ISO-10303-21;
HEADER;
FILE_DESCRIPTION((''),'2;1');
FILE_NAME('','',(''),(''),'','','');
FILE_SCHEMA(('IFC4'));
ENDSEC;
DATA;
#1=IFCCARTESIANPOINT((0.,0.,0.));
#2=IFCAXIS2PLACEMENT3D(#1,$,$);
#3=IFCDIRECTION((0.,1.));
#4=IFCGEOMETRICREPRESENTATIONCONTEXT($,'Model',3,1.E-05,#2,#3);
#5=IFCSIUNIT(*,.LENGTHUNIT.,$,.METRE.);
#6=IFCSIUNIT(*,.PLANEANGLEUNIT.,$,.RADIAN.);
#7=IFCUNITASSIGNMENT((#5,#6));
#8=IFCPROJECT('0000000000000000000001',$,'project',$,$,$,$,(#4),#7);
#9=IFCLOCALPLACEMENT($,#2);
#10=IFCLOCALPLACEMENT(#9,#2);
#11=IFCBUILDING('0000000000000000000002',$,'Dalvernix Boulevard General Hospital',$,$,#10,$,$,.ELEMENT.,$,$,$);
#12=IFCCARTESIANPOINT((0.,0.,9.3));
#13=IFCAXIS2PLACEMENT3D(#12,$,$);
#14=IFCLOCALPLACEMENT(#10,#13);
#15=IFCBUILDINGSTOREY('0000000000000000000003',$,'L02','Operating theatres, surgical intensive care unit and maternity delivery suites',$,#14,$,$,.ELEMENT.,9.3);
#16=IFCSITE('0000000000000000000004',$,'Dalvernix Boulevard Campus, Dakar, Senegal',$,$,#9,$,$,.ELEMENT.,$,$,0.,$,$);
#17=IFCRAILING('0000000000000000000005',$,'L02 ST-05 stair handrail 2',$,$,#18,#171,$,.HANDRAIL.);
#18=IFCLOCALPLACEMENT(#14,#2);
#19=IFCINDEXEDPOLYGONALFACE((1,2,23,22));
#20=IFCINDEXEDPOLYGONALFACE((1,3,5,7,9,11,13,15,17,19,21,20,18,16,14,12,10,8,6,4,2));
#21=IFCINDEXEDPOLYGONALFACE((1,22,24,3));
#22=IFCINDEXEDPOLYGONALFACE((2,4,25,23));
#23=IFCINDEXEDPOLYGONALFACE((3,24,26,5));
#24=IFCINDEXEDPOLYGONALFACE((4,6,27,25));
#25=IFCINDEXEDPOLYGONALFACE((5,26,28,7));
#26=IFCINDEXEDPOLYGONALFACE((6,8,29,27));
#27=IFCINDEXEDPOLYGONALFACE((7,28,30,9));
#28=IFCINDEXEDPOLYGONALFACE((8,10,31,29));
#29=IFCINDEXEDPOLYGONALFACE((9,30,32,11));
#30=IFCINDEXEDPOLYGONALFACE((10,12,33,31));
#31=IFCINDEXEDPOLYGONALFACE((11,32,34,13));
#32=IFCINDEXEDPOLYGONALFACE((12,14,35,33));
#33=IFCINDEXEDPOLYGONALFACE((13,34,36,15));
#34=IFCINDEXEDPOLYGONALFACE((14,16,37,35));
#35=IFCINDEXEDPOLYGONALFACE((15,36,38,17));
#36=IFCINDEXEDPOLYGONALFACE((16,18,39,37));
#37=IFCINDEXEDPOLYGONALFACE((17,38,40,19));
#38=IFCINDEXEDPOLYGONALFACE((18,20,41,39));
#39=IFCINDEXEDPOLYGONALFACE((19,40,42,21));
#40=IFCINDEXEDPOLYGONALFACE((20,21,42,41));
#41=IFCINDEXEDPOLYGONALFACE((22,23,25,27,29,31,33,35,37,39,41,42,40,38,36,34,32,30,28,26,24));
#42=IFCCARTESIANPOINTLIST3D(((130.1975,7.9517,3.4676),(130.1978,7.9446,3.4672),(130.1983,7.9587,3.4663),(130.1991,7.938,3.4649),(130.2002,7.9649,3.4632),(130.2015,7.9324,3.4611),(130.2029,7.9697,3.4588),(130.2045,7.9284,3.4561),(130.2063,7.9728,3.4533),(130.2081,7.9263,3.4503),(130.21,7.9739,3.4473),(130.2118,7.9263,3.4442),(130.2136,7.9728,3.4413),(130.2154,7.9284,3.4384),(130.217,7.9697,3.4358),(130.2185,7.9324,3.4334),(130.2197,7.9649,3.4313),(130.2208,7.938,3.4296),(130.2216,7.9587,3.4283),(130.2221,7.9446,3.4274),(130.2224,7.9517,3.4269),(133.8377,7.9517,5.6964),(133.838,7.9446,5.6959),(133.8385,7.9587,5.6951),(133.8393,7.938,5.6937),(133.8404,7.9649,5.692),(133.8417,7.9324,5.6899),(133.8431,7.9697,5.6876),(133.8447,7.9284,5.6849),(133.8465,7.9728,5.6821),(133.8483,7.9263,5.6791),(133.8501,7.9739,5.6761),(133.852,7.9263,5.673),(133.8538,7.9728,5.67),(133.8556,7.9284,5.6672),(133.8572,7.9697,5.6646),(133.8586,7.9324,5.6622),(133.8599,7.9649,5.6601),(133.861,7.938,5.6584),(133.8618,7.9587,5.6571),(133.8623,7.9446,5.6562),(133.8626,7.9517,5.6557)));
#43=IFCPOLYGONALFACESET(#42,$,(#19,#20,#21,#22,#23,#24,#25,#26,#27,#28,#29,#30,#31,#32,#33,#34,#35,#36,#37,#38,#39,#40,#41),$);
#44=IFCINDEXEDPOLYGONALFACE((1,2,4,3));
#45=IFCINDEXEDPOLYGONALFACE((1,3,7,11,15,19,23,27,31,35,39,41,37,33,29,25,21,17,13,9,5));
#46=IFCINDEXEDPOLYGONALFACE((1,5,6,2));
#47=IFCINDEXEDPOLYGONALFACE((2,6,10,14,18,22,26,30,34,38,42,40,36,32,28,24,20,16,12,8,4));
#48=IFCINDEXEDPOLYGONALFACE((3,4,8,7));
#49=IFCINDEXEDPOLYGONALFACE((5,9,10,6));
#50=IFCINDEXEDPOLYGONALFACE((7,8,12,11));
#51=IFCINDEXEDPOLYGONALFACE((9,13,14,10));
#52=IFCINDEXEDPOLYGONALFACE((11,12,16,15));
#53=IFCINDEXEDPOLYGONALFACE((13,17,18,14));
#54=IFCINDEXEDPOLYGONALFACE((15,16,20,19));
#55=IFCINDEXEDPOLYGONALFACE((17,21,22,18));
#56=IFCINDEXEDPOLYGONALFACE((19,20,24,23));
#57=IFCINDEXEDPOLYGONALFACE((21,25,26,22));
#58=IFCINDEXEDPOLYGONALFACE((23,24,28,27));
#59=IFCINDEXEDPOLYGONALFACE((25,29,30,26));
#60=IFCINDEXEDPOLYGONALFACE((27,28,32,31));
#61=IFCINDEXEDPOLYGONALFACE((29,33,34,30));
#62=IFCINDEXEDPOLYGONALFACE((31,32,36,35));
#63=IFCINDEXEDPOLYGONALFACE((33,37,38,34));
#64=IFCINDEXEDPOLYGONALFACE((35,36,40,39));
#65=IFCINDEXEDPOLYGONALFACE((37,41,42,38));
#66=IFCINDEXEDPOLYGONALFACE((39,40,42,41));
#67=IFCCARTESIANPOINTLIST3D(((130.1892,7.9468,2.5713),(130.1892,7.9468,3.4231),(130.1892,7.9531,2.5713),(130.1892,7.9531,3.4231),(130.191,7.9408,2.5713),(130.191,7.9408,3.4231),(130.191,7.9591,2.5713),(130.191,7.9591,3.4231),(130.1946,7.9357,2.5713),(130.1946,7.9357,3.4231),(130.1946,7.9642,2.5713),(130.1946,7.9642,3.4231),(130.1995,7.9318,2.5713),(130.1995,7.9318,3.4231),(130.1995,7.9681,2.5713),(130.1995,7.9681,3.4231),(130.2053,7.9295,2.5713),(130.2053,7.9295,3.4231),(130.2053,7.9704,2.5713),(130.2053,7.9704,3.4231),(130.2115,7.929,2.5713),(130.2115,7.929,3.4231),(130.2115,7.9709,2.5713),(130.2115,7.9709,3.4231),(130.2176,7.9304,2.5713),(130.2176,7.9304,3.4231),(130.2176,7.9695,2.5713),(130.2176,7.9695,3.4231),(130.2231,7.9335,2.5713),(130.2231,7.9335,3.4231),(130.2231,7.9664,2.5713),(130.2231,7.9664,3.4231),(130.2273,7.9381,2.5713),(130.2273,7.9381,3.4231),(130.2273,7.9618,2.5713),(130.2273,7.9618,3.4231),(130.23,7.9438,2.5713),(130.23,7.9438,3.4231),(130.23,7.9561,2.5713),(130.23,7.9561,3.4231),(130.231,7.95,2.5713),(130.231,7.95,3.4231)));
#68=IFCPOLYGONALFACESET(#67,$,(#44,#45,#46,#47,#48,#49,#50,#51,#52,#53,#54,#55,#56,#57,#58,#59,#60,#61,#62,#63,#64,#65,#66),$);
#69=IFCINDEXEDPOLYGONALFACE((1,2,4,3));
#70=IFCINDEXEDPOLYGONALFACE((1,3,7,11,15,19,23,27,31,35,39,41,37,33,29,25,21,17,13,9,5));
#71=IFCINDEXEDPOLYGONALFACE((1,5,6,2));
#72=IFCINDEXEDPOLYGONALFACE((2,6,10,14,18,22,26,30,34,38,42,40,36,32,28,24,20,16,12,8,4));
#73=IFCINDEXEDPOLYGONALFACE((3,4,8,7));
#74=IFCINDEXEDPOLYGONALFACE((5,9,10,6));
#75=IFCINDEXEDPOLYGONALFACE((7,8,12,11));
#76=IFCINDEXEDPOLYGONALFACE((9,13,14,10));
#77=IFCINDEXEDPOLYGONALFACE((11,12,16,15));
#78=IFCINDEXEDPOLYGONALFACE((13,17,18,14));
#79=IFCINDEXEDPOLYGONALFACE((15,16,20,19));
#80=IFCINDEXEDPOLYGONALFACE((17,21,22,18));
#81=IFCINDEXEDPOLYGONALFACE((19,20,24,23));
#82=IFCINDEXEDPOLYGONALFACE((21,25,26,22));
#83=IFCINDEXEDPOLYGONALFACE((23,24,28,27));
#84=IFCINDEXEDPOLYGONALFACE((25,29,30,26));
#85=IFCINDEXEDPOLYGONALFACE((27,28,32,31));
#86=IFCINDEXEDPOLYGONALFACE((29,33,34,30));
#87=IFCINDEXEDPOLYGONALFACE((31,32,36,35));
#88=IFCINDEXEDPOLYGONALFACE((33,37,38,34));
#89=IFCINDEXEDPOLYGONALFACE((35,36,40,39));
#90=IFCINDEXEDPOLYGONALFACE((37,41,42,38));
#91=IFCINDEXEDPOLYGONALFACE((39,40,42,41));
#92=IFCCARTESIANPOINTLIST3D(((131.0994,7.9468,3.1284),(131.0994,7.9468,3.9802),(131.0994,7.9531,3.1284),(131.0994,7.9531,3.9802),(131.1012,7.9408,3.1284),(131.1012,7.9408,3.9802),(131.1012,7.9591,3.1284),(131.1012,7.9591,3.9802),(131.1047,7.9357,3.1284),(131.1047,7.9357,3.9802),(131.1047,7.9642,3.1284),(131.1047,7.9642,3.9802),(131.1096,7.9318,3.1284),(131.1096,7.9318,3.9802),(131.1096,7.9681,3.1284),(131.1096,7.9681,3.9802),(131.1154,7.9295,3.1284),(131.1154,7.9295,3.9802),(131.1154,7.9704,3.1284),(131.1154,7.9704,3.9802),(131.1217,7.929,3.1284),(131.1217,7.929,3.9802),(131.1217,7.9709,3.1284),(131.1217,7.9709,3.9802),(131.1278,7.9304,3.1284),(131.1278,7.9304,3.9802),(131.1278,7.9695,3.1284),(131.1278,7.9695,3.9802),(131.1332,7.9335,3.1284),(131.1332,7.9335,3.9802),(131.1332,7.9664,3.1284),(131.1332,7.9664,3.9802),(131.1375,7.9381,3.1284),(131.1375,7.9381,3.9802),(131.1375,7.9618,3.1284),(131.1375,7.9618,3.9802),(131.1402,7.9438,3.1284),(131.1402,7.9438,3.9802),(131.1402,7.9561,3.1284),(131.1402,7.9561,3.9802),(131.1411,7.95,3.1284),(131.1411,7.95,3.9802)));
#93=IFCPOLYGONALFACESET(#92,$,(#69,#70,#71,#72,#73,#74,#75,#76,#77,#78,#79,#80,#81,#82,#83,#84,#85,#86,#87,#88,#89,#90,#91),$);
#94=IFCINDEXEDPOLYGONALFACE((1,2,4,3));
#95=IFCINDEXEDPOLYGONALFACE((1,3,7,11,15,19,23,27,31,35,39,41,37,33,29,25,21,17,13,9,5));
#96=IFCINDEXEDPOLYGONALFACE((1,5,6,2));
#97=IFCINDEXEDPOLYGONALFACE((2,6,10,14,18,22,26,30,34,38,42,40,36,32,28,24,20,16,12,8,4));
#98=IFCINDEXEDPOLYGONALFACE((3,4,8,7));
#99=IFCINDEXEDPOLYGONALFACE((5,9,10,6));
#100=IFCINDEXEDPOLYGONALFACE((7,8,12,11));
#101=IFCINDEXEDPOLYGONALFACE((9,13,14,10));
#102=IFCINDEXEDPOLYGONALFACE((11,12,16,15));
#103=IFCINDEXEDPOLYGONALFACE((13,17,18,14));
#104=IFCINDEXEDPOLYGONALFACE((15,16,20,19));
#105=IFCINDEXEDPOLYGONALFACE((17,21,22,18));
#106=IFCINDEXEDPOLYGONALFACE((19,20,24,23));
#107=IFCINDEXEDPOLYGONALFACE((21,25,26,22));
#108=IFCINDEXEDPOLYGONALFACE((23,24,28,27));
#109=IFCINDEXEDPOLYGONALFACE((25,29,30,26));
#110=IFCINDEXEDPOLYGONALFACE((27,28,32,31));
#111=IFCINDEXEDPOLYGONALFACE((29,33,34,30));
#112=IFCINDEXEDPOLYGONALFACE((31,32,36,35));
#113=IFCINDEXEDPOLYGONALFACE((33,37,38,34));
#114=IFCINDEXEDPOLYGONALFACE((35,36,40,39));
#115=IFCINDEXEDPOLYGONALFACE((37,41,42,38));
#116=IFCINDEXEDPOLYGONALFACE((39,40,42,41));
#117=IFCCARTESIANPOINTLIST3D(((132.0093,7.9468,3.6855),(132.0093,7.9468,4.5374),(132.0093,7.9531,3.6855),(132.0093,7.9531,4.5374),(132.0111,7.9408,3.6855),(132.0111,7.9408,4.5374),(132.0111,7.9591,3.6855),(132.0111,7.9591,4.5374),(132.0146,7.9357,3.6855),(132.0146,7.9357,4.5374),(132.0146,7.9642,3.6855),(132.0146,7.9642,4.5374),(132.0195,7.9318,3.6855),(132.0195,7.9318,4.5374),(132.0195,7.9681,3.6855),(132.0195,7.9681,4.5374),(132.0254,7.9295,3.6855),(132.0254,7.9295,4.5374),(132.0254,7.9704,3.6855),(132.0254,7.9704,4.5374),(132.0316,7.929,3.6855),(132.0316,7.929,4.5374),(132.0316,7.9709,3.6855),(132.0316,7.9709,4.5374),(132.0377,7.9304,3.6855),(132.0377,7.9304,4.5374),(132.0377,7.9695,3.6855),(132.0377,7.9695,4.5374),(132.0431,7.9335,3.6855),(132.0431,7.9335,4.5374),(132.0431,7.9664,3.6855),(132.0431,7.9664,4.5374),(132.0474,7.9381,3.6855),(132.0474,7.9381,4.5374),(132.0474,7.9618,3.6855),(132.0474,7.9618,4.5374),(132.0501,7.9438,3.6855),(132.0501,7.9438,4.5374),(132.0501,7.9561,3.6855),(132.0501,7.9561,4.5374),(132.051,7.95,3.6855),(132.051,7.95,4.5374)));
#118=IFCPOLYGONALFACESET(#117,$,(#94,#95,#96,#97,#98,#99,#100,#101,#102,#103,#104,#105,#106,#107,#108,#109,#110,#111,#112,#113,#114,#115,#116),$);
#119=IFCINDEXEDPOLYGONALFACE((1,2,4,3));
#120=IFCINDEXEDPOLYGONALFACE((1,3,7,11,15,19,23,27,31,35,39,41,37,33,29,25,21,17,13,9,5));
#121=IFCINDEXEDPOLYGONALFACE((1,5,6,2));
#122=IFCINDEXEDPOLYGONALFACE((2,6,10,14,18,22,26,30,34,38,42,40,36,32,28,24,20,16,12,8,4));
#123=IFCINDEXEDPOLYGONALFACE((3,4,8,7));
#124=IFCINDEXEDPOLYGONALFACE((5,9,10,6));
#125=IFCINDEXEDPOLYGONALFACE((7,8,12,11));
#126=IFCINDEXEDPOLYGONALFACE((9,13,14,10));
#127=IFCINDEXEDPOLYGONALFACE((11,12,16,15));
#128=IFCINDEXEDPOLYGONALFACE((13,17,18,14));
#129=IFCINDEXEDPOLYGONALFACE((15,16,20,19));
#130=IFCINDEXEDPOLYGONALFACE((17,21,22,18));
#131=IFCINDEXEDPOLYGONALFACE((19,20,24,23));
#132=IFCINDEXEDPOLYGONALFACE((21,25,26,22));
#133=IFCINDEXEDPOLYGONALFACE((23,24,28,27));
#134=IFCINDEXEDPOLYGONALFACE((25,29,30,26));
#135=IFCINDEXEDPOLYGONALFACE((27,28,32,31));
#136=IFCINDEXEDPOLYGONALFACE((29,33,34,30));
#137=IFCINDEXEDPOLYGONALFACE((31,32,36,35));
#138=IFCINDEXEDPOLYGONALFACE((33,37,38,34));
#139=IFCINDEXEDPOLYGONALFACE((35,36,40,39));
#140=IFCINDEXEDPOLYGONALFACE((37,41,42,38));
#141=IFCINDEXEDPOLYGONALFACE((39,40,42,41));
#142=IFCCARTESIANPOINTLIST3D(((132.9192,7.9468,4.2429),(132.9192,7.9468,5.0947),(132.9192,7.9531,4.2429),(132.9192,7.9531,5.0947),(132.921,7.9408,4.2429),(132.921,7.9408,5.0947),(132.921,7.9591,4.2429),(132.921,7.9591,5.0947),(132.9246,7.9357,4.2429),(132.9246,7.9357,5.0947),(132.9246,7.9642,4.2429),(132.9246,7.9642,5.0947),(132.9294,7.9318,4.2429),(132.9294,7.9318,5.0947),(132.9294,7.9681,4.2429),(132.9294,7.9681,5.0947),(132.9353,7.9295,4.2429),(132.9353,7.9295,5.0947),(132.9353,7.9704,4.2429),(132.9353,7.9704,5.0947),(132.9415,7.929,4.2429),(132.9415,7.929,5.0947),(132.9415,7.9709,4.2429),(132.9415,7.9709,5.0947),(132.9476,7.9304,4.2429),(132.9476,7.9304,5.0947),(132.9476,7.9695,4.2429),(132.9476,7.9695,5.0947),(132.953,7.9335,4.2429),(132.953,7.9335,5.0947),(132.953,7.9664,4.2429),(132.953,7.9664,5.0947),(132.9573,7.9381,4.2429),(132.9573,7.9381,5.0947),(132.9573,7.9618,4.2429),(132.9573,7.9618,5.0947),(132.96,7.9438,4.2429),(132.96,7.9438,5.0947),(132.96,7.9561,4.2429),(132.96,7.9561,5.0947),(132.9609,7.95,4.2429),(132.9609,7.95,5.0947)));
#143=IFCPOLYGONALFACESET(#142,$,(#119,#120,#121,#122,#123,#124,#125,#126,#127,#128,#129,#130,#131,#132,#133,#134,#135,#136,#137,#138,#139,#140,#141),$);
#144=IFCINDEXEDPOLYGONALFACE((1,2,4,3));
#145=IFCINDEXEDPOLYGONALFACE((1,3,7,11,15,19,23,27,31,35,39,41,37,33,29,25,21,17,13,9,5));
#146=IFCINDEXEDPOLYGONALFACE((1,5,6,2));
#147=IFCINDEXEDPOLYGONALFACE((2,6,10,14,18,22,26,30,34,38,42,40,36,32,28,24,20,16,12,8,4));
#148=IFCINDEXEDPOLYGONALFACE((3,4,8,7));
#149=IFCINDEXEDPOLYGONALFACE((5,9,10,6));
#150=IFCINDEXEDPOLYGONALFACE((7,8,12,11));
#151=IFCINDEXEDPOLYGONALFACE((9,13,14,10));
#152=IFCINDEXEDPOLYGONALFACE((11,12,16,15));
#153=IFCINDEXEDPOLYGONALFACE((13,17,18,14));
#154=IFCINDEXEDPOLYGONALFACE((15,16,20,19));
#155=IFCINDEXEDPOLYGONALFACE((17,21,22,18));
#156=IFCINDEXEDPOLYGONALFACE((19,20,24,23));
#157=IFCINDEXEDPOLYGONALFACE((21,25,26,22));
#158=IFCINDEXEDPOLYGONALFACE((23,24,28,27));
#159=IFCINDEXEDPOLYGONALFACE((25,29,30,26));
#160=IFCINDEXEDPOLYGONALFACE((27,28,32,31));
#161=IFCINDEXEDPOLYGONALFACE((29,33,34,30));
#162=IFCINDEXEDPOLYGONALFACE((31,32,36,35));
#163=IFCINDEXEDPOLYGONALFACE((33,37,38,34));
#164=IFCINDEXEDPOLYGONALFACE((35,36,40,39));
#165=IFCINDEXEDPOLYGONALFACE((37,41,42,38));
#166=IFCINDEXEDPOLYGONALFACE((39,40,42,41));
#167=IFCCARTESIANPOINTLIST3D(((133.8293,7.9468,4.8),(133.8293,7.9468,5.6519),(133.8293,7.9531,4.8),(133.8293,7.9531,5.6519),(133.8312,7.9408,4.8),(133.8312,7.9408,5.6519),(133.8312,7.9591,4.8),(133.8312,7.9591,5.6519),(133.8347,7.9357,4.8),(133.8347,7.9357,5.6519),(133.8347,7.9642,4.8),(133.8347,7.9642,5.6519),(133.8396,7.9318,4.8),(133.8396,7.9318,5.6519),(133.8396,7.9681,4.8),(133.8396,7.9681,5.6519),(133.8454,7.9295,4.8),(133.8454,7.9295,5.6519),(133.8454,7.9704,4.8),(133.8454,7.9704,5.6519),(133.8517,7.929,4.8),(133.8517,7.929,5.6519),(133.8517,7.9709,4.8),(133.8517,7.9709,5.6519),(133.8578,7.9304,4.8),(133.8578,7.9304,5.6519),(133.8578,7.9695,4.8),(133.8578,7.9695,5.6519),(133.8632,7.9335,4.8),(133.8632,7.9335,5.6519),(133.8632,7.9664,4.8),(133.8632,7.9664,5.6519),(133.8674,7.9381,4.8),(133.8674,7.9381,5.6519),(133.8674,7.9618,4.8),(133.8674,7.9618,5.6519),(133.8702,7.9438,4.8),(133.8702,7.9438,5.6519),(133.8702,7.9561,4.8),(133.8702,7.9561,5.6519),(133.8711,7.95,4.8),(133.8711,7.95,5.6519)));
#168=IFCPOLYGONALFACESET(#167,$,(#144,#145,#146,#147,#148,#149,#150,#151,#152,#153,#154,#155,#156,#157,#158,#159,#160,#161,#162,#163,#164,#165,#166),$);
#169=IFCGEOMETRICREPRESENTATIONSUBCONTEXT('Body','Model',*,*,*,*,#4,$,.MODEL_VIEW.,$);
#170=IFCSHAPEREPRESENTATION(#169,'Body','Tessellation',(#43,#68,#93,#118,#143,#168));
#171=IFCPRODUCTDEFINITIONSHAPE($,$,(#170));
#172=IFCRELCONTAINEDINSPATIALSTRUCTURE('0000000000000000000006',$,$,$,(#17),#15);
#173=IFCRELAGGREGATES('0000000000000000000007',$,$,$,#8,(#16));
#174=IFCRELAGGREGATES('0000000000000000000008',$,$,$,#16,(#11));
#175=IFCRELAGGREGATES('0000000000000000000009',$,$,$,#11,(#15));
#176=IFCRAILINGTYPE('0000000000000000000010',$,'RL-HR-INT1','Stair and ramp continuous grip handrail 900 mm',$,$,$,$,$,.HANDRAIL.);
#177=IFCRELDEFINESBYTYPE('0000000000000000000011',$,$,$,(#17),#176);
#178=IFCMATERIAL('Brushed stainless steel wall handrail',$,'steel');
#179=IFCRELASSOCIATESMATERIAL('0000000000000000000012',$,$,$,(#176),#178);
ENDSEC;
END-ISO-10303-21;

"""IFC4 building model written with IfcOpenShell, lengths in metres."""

from ifc_helpers import new_model, si_unit, direction, frame, origin, origin_2d, place, context, subcontext, project, spatial, circle, extrude, material, type_object, element, save


model = new_model("IFC4")

# Units and contexts
model_context = context("Model", 3, precision=1e-05, world=origin(), true_north=direction((0.0, 1.0)))
body_context = subcontext(model_context, "Body", "Model", "MODEL_VIEW")
ifc_project = project(units=[si_unit("LENGTHUNIT", "METRE"), si_unit("PLANEANGLEUNIT", "RADIAN")], contexts=[model_context])

# Site, building, storey
site_placement = place(None, origin())
site = spatial("IfcSite", under=ifc_project, at=site_placement, Name="Dalvernix Boulevard Campus, Dakar, Senegal", CompositionType="ELEMENT", RefElevation=0.0)
building_placement = place(site_placement, origin())
building = spatial("IfcBuilding", under=site, at=building_placement, Name="Dalvernix Boulevard General Hospital", CompositionType="ELEMENT")
storey_placement = place(building_placement, frame((0.0, 0.0, 9.3)))
storey = spatial("IfcBuildingStorey", under=building, at=storey_placement, Name="L02", Description="Operating theatres, surgical intensive care unit and maternity delivery suites", CompositionType="ELEMENT", Elevation=9.3)

# Railing
ifc_material_1 = material(Name="Brushed stainless steel wall handrail", Category="steel")
railing_type_1 = type_object("IfcRailingType", Name="RL-HR-INT1", Description="Stair and ramp continuous grip handrail 900 mm", PredefinedType="HANDRAIL", material=ifc_material_1)
railing_1_placement = place(storey_placement, frame((130.21, 7.95, 2.5713)))
element("IfcRailing", 1, at=railing_1_placement, inside=storey, type_object=railing_type_1, Name="L02 ST-05 stair handrail 2", PredefinedType="HANDRAIL", context=body_context, shape_type="SweptSolid", body=[
    extrude(circle(Radius=0.0239, at=origin_2d()), frame((0.0, 0.0, 0.876), z_axis=(0.85284, 0.0, 0.522172), x_axis=(0.0, 1.0, 0.0)), (0.0, 0.0, 1.0), 4.2683),
    extrude(circle(Radius=0.021, at=origin_2d()), origin(), (0.0, 0.0, 1.0), 0.8518),
    extrude(circle(Radius=0.021, at=origin_2d()), frame((0.9102, 0.0, 0.5571)), (0.0, 0.0, 1.0), 0.8518),
    extrude(circle(Radius=0.021, at=origin_2d()), frame((1.8201, 0.0, 1.1143)), (0.0, 0.0, 1.0), 0.8518),
    extrude(circle(Radius=0.021, at=origin_2d()), frame((2.73, 0.0, 1.6716)), (0.0, 0.0, 1.0), 0.8518),
    extrude(circle(Radius=0.021, at=origin_2d()), frame((3.6401, 0.0, 2.2288)), (0.0, 0.0, 1.0), 0.8518),
])

save(model, "model.ifc")
